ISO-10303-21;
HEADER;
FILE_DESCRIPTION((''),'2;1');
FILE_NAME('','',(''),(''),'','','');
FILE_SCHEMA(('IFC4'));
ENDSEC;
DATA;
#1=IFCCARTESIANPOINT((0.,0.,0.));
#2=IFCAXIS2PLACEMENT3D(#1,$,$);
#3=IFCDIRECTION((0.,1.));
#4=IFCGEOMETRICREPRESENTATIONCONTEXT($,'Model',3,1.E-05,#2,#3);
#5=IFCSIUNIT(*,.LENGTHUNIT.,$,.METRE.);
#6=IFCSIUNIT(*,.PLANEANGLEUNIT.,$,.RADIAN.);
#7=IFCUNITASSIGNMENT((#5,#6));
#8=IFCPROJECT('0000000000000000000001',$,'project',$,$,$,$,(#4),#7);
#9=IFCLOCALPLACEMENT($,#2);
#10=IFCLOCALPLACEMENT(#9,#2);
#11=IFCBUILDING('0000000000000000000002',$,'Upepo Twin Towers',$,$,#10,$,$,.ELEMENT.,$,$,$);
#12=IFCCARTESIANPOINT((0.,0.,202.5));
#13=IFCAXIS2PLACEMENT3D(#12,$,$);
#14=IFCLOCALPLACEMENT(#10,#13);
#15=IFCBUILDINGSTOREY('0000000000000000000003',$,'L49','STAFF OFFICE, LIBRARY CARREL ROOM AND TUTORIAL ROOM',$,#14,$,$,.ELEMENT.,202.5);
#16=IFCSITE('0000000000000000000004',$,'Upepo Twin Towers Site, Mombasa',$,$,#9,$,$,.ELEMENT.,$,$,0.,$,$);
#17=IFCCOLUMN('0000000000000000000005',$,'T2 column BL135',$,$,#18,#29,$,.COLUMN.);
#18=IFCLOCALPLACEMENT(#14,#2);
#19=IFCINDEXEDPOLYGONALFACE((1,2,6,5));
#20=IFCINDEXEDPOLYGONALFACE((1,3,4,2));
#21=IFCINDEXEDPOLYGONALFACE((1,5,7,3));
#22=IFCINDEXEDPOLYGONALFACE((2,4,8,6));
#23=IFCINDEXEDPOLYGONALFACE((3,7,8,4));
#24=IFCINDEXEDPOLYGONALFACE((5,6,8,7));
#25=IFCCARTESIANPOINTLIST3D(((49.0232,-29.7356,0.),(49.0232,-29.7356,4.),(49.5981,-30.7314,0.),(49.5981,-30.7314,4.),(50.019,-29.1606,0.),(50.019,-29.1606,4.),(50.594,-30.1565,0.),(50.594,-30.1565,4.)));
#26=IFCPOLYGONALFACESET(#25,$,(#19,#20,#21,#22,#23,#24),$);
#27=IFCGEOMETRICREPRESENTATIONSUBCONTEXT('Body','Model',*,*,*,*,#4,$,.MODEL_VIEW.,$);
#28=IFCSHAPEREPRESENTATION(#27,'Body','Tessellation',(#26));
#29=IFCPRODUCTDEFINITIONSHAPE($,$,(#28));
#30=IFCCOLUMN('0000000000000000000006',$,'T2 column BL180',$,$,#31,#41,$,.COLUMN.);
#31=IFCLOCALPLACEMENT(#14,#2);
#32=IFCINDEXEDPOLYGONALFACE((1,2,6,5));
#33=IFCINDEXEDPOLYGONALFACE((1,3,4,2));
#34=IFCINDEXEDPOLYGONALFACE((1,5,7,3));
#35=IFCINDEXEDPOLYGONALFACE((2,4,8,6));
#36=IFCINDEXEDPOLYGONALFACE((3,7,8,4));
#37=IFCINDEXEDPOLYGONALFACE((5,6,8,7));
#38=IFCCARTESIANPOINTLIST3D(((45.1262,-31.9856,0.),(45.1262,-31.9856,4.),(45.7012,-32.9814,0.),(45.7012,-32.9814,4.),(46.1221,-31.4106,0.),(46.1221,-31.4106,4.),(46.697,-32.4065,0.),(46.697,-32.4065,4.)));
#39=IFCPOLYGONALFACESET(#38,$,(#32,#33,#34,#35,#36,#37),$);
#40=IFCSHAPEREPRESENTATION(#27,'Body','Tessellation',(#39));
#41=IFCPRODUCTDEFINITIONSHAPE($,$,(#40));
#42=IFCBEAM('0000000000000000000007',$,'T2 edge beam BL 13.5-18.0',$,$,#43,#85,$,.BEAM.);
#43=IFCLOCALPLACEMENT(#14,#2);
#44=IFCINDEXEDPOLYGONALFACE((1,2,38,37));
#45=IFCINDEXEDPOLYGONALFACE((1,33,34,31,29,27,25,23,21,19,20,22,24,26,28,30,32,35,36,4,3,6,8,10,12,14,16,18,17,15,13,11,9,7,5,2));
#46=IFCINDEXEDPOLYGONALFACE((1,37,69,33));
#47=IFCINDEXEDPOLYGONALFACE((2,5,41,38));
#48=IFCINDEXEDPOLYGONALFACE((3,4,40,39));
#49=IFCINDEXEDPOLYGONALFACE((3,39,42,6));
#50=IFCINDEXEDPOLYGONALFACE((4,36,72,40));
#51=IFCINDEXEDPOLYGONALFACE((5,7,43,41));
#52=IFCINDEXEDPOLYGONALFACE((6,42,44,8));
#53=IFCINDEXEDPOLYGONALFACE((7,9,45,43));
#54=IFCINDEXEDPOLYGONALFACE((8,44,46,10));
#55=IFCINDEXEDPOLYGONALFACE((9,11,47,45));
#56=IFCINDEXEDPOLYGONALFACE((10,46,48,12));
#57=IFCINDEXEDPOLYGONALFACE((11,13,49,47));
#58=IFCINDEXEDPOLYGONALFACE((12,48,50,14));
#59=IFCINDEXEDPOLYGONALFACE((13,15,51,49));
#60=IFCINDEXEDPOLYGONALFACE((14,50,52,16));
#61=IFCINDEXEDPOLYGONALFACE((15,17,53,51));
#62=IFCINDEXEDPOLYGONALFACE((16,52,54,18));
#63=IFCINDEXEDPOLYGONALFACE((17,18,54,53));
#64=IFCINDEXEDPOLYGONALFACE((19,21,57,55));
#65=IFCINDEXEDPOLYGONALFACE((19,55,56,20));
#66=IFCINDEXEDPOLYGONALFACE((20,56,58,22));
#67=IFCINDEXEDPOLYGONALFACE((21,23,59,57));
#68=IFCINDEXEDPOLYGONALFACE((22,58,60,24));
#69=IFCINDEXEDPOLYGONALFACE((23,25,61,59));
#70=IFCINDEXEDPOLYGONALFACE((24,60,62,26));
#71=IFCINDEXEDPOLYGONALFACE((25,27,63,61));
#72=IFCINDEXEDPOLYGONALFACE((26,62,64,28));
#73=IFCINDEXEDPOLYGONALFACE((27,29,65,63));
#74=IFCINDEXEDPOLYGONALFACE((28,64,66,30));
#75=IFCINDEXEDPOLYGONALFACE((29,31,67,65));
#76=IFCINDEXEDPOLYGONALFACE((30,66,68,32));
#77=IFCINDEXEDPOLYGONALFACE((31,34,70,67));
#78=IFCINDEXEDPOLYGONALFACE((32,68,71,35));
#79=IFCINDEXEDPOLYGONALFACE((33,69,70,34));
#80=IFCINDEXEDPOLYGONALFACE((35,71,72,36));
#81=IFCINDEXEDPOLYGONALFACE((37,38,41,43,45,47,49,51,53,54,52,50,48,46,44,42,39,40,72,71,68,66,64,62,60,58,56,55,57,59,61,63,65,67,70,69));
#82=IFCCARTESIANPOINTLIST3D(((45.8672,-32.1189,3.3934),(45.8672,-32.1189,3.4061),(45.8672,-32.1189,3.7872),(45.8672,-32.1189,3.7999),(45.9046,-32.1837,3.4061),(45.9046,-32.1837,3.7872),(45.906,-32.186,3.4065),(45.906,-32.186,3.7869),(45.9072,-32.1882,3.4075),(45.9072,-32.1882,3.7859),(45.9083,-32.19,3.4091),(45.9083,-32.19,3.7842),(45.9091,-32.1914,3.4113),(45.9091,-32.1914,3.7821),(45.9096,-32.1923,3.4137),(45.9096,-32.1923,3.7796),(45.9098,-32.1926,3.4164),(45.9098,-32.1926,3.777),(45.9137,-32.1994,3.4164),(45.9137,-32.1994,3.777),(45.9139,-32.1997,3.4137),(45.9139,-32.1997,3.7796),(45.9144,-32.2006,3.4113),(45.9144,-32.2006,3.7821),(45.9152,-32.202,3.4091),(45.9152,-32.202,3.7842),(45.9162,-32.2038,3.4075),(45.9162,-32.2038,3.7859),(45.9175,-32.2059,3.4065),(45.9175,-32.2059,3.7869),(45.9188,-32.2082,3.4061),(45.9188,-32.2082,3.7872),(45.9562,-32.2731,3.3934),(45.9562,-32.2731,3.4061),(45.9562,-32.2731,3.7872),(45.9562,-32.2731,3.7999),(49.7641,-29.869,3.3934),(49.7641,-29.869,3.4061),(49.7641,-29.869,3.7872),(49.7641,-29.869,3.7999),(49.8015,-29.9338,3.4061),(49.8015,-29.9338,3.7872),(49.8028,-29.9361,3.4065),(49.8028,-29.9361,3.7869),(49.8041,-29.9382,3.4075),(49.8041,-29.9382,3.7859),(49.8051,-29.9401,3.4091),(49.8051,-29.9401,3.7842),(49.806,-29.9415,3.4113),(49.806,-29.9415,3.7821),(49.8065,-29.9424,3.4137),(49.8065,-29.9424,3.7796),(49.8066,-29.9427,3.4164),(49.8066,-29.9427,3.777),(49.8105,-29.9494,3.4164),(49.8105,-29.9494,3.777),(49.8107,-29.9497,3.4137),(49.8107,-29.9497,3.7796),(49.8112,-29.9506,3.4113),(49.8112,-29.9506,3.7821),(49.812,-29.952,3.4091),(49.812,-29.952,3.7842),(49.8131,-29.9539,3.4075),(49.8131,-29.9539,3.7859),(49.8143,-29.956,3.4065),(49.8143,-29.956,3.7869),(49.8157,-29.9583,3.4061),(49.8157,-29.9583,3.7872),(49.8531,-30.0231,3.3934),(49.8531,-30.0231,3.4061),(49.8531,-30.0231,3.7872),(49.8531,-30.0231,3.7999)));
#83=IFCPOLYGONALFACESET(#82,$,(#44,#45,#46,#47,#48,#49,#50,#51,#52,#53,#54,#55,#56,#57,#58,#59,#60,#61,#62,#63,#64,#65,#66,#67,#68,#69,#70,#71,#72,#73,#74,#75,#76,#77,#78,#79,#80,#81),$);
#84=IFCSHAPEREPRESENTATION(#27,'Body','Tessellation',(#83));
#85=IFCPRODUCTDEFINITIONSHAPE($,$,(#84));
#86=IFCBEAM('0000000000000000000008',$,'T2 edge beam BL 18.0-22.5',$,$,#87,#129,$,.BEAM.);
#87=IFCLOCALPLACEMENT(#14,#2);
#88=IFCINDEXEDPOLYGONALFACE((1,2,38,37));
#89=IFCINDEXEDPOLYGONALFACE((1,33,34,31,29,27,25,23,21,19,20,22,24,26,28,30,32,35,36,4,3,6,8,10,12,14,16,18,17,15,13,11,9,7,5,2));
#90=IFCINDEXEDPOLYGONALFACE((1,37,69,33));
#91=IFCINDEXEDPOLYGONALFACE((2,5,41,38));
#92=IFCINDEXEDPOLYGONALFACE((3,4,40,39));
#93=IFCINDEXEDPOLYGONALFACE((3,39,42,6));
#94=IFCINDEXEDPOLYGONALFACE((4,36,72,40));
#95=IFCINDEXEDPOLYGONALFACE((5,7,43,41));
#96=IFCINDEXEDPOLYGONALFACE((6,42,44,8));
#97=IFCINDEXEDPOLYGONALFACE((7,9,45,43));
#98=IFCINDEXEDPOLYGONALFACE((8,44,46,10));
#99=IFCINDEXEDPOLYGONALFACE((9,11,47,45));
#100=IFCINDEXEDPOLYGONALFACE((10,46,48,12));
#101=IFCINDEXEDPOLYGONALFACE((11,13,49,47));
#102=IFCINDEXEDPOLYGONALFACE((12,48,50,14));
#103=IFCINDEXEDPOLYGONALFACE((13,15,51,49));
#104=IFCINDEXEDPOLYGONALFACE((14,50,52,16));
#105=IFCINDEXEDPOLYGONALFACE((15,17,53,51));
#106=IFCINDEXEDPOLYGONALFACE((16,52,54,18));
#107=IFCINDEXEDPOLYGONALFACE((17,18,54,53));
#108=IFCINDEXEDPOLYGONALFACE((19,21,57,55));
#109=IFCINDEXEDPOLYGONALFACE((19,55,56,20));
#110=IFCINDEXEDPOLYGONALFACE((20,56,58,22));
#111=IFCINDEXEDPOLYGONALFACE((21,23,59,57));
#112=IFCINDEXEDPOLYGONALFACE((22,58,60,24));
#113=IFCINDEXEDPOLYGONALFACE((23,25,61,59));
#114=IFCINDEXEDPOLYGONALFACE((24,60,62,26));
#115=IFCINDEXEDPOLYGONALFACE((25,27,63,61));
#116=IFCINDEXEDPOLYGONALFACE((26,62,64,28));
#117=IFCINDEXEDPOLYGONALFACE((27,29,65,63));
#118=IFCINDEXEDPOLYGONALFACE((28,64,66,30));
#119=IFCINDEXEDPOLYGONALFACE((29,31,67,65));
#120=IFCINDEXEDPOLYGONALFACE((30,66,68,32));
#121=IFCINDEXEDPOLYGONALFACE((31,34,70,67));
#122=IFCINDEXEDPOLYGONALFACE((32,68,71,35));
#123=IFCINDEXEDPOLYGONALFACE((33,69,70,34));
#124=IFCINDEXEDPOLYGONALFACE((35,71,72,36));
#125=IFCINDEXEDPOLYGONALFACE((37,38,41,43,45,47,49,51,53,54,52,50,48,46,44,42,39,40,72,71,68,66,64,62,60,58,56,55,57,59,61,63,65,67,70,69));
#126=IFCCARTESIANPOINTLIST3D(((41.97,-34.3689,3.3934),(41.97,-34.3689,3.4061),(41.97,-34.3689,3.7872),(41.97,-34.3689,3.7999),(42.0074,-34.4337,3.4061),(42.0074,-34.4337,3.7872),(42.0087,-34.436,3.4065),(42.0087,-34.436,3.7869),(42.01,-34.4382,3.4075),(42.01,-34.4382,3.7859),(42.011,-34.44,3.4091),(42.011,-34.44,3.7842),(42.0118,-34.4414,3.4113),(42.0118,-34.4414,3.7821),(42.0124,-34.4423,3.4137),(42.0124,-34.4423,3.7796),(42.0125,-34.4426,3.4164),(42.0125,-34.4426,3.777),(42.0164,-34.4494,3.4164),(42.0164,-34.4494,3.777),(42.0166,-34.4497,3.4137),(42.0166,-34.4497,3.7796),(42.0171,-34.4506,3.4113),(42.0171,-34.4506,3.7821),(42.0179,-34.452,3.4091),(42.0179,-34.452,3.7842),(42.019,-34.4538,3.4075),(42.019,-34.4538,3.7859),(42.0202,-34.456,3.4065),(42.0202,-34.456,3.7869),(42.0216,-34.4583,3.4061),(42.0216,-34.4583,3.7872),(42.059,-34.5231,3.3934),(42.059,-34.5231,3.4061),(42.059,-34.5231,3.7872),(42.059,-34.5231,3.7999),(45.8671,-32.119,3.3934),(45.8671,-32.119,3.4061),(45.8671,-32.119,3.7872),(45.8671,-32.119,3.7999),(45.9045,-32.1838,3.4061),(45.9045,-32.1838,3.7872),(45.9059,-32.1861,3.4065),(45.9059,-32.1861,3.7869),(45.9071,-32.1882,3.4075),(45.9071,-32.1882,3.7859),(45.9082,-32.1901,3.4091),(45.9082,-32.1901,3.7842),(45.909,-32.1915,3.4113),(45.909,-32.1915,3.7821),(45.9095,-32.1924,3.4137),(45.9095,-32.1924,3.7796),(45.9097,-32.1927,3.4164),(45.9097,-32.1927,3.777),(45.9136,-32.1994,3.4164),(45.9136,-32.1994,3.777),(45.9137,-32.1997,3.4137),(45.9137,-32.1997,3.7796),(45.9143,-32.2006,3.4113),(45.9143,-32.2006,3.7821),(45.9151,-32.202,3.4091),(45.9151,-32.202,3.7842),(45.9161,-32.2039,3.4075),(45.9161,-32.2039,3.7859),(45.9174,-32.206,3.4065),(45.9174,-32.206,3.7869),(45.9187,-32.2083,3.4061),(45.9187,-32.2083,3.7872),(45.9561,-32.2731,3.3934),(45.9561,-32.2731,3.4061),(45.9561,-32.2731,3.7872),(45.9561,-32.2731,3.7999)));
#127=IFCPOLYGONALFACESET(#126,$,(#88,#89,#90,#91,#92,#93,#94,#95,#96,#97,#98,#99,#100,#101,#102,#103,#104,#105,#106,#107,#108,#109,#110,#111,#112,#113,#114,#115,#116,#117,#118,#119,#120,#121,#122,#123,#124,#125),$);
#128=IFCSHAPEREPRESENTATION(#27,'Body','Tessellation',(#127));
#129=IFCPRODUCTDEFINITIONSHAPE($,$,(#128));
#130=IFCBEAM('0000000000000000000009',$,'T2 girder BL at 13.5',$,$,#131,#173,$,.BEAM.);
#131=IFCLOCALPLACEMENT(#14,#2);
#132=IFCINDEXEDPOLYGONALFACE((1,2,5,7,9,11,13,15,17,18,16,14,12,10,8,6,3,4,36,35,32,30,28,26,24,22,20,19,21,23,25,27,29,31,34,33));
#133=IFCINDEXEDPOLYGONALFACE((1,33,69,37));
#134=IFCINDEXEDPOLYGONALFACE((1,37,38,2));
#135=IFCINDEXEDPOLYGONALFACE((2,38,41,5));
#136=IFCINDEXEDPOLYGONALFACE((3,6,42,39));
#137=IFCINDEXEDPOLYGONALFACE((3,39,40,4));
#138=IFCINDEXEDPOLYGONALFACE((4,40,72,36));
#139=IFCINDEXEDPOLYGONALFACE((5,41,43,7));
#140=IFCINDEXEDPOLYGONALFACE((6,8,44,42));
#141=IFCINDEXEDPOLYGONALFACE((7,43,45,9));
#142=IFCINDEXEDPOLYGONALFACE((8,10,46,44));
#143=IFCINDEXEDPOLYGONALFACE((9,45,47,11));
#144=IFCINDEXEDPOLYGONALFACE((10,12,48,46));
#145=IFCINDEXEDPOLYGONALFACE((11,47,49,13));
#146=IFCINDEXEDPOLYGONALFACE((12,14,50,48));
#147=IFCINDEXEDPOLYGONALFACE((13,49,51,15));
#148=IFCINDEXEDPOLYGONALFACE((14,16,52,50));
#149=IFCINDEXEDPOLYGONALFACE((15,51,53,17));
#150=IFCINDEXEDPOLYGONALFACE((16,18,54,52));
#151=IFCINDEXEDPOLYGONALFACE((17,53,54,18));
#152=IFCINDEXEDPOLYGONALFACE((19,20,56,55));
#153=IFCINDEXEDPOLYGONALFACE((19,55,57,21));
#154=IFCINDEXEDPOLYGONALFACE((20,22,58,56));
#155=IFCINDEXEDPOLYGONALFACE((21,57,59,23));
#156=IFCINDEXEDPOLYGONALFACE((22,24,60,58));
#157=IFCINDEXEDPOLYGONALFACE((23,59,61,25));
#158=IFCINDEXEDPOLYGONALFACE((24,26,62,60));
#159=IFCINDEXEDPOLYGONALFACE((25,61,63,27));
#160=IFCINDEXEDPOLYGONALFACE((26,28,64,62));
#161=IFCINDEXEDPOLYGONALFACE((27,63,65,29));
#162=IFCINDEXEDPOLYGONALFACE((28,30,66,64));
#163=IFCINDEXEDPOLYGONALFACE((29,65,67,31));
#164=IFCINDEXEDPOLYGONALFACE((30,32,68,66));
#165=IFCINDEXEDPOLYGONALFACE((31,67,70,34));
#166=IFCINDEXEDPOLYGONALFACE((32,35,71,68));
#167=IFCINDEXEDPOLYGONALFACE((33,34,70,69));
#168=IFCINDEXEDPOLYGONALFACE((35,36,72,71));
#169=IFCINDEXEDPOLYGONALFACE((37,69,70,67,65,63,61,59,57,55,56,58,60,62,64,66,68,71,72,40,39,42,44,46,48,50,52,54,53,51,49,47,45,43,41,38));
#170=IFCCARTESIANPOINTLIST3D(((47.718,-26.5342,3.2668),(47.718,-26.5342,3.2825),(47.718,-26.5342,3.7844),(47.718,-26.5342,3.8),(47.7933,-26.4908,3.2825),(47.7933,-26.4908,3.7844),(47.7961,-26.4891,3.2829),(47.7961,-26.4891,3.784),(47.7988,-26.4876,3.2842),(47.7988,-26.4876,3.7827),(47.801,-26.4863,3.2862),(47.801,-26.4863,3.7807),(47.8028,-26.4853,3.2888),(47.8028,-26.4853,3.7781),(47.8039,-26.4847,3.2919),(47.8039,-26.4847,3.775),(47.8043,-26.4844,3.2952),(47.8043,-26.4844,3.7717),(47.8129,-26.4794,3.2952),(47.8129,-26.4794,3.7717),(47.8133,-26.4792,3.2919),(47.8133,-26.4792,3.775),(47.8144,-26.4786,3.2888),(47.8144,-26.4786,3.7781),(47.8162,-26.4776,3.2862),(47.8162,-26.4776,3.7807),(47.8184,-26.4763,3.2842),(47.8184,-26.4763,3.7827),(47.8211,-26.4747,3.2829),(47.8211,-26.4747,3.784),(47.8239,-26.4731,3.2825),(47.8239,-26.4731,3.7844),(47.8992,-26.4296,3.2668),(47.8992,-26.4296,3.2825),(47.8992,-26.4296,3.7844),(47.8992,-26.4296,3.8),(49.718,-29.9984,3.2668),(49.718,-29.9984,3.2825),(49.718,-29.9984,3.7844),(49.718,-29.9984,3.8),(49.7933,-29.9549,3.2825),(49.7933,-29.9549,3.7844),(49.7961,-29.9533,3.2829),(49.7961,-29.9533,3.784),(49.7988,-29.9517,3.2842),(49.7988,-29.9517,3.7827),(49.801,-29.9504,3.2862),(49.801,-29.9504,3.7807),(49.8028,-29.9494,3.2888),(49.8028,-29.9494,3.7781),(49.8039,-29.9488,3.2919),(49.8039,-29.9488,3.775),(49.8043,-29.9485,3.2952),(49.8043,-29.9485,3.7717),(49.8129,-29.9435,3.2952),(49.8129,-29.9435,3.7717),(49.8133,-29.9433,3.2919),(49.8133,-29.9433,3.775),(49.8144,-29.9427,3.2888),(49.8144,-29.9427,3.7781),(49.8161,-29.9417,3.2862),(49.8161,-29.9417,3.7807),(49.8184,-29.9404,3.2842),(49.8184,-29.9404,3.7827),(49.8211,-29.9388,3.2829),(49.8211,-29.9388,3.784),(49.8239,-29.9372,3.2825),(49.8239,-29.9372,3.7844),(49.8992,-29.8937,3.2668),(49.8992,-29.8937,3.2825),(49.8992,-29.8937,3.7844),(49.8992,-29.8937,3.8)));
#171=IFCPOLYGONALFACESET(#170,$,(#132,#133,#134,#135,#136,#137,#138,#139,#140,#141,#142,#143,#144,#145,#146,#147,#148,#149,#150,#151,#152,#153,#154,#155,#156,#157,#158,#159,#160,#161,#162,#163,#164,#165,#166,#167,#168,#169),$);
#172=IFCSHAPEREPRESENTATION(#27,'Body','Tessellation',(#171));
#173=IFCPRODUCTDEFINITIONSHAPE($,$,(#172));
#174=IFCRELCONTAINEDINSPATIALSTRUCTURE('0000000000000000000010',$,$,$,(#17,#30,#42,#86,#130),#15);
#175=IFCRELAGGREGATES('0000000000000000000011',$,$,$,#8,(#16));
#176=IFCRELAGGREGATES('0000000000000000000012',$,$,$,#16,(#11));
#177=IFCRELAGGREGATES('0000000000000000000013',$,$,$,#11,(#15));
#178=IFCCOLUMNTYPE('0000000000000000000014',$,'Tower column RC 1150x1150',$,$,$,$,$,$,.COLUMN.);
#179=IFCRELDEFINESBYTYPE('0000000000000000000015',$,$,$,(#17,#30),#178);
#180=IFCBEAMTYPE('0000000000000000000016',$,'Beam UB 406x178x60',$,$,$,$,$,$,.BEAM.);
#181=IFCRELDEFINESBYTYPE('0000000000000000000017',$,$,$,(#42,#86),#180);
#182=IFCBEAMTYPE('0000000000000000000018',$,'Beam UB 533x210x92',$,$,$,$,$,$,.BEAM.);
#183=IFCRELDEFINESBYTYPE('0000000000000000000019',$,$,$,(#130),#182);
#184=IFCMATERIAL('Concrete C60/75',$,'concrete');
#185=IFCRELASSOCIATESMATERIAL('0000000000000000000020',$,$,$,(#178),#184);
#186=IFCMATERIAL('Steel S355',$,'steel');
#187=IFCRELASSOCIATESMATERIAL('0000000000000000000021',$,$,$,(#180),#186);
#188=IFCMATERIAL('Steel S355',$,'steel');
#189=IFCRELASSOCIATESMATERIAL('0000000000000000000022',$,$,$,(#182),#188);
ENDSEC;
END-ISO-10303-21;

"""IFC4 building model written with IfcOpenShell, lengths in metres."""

from ifc_helpers import new_model, si_unit, direction, frame, origin, origin_2d, place, context, subcontext, project, spatial, rectangle, i_section, extrude, material, material_profile, profile_set, type_object, element, save


model = new_model("IFC4")

# Units and contexts
model_context = context("Model", 3, precision=1e-05, world=origin(), true_north=direction((0.0, 1.0)))
body_context = subcontext(model_context, "Body", "Model", "MODEL_VIEW")
ifc_project = project(units=[si_unit("LENGTHUNIT", "METRE"), si_unit("PLANEANGLEUNIT", "RADIAN")], contexts=[model_context])

# Site, building, storey
site_placement = place(None, origin())
site = spatial("IfcSite", under=ifc_project, at=site_placement, Name="Upepo Twin Towers Site, Mombasa", CompositionType="ELEMENT", RefElevation=0.0)
building_placement = place(site_placement, origin())
building = spatial("IfcBuilding", under=site, at=building_placement, Name="Upepo Twin Towers", CompositionType="ELEMENT")
storey_placement = place(building_placement, frame((0.0, 0.0, 202.5)))
storey = spatial("IfcBuildingStorey", under=building, at=storey_placement, Name="L49", Description="STAFF OFFICE, LIBRARY CARREL ROOM AND TUTORIAL ROOM", CompositionType="ELEMENT", Elevation=202.5)

# Columns
ifc_material_1 = material(Name="Concrete C60/75", Category="concrete")
ifc_material_profile_1 = material_profile(ifc_material_1, rectangle(XDim=1.1499, YDim=1.1499, at=origin_2d()), Name="RC 1150x1150")
ifc_profile_set_1 = profile_set([ifc_material_profile_1], Name="Concrete C60/75")
column_type = type_object("IfcColumnType", Name="Tower column RC 1150x1150", PredefinedType="COLUMN", material=ifc_profile_set_1)
for number, where, z_axis, x_axis, name in (
    (1, (49.8086, -29.946, 0.0), (0.0, 0.0, 1.0), (0.866025, 0.5, 0.0), "T2 column BL135"),
    (2, (45.9116, -32.196, 0.0), (0.0, 0.0, 1.0), (0.866025, 0.5, 0.0), "T2 column BL180"),
):
    element("IfcColumn", number, at=place(storey_placement, frame(where, z_axis=z_axis, x_axis=x_axis)), inside=storey, type_object=column_type, Name=name, PredefinedType="COLUMN", context=body_context, shape_type="SweptSolid", body=[
        extrude(rectangle(XDim=1.1499, YDim=1.1499, at=origin_2d()), origin(), (0.0, 0.0, 1.0), 4.0),
    ])

# Beams
ifc_material_2 = material(Name="Steel S355", Category="steel")
ifc_material_profile_2 = material_profile(ifc_material_2, i_section(OverallWidth=0.178, OverallDepth=0.4065, WebThickness=0.0078, FlangeThickness=0.0127, FilletRadius=0.0103, at=origin_2d()), Name="UB 406x178x60")
ifc_profile_set_2 = profile_set([ifc_material_profile_2], Name="Steel S355")
beam_type_1 = type_object("IfcBeamType", Name="Beam UB 406x178x60", PredefinedType="BEAM", material=ifc_profile_set_2)
beam_1_placement = place(storey_placement, frame((49.8086, -29.946, 3.5967), z_axis=(-0.866018, -0.500014, 0.0), x_axis=(0.500014, -0.866018, 0.0)))
element("IfcBeam", 3, at=beam_1_placement, inside=storey, type_object=beam_type_1, Name="T2 edge beam BL 13.5-18.0", PredefinedType="BEAM", context=body_context, shape_type="SweptSolid", body=[
    extrude(i_section(OverallWidth=0.178, OverallDepth=0.4065, WebThickness=0.0078, FlangeThickness=0.0127, FilletRadius=0.0103, at=origin_2d()), origin(), (0.0, 0.0, 1.0), 4.4998),
])
beam_2_placement = place(storey_placement, frame((45.9116, -32.196, 3.5967), z_axis=(-0.866031, -0.49999, 0.0), x_axis=(0.49999, -0.866031, 0.0)))
element("IfcBeam", 4, at=beam_2_placement, inside=storey, type_object=beam_type_1, Name="T2 edge beam BL 18.0-22.5", PredefinedType="BEAM", context=body_context, shape_type="SweptSolid", body=[
    extrude(i_section(OverallWidth=0.178, OverallDepth=0.4065, WebThickness=0.0078, FlangeThickness=0.0127, FilletRadius=0.0103, at=origin_2d()), origin(), (0.0, 0.0, 1.0), 4.5),
])
ifc_material_3 = material(Name="Steel S355", Category="steel")
ifc_material_profile_3 = material_profile(ifc_material_3, i_section(OverallWidth=0.2092, OverallDepth=0.5332, WebThickness=0.01, FlangeThickness=0.0156, FilletRadius=0.0127, at=origin_2d()), Name="UB 533x210x92")
ifc_profile_set_3 = profile_set([ifc_material_profile_3], Name="Steel S355")
beam_type_2 = type_object("IfcBeamType", Name="Beam UB 533x210x92", PredefinedType="BEAM", material=ifc_profile_set_3)
for number, where, z_axis, x_axis, name in (
    (5, (49.8086, -29.946, 3.5334), (-0.499999, 0.866026, 0.0), (-0.866026, -0.499999, 0.0), "T2 girder BL at 13.5"),
):
    element("IfcBeam", number, at=place(storey_placement, frame(where, z_axis=z_axis, x_axis=x_axis)), inside=storey, type_object=beam_type_2, Name=name, PredefinedType="BEAM", context=body_context, shape_type="SweptSolid", body=[
        extrude(i_section(OverallWidth=0.2092, OverallDepth=0.5332, WebThickness=0.01, FlangeThickness=0.0156, FilletRadius=0.0127, at=origin_2d()), origin(), (0.0, 0.0, 1.0), 4.0),
    ])

save(model, "model.ifc")
